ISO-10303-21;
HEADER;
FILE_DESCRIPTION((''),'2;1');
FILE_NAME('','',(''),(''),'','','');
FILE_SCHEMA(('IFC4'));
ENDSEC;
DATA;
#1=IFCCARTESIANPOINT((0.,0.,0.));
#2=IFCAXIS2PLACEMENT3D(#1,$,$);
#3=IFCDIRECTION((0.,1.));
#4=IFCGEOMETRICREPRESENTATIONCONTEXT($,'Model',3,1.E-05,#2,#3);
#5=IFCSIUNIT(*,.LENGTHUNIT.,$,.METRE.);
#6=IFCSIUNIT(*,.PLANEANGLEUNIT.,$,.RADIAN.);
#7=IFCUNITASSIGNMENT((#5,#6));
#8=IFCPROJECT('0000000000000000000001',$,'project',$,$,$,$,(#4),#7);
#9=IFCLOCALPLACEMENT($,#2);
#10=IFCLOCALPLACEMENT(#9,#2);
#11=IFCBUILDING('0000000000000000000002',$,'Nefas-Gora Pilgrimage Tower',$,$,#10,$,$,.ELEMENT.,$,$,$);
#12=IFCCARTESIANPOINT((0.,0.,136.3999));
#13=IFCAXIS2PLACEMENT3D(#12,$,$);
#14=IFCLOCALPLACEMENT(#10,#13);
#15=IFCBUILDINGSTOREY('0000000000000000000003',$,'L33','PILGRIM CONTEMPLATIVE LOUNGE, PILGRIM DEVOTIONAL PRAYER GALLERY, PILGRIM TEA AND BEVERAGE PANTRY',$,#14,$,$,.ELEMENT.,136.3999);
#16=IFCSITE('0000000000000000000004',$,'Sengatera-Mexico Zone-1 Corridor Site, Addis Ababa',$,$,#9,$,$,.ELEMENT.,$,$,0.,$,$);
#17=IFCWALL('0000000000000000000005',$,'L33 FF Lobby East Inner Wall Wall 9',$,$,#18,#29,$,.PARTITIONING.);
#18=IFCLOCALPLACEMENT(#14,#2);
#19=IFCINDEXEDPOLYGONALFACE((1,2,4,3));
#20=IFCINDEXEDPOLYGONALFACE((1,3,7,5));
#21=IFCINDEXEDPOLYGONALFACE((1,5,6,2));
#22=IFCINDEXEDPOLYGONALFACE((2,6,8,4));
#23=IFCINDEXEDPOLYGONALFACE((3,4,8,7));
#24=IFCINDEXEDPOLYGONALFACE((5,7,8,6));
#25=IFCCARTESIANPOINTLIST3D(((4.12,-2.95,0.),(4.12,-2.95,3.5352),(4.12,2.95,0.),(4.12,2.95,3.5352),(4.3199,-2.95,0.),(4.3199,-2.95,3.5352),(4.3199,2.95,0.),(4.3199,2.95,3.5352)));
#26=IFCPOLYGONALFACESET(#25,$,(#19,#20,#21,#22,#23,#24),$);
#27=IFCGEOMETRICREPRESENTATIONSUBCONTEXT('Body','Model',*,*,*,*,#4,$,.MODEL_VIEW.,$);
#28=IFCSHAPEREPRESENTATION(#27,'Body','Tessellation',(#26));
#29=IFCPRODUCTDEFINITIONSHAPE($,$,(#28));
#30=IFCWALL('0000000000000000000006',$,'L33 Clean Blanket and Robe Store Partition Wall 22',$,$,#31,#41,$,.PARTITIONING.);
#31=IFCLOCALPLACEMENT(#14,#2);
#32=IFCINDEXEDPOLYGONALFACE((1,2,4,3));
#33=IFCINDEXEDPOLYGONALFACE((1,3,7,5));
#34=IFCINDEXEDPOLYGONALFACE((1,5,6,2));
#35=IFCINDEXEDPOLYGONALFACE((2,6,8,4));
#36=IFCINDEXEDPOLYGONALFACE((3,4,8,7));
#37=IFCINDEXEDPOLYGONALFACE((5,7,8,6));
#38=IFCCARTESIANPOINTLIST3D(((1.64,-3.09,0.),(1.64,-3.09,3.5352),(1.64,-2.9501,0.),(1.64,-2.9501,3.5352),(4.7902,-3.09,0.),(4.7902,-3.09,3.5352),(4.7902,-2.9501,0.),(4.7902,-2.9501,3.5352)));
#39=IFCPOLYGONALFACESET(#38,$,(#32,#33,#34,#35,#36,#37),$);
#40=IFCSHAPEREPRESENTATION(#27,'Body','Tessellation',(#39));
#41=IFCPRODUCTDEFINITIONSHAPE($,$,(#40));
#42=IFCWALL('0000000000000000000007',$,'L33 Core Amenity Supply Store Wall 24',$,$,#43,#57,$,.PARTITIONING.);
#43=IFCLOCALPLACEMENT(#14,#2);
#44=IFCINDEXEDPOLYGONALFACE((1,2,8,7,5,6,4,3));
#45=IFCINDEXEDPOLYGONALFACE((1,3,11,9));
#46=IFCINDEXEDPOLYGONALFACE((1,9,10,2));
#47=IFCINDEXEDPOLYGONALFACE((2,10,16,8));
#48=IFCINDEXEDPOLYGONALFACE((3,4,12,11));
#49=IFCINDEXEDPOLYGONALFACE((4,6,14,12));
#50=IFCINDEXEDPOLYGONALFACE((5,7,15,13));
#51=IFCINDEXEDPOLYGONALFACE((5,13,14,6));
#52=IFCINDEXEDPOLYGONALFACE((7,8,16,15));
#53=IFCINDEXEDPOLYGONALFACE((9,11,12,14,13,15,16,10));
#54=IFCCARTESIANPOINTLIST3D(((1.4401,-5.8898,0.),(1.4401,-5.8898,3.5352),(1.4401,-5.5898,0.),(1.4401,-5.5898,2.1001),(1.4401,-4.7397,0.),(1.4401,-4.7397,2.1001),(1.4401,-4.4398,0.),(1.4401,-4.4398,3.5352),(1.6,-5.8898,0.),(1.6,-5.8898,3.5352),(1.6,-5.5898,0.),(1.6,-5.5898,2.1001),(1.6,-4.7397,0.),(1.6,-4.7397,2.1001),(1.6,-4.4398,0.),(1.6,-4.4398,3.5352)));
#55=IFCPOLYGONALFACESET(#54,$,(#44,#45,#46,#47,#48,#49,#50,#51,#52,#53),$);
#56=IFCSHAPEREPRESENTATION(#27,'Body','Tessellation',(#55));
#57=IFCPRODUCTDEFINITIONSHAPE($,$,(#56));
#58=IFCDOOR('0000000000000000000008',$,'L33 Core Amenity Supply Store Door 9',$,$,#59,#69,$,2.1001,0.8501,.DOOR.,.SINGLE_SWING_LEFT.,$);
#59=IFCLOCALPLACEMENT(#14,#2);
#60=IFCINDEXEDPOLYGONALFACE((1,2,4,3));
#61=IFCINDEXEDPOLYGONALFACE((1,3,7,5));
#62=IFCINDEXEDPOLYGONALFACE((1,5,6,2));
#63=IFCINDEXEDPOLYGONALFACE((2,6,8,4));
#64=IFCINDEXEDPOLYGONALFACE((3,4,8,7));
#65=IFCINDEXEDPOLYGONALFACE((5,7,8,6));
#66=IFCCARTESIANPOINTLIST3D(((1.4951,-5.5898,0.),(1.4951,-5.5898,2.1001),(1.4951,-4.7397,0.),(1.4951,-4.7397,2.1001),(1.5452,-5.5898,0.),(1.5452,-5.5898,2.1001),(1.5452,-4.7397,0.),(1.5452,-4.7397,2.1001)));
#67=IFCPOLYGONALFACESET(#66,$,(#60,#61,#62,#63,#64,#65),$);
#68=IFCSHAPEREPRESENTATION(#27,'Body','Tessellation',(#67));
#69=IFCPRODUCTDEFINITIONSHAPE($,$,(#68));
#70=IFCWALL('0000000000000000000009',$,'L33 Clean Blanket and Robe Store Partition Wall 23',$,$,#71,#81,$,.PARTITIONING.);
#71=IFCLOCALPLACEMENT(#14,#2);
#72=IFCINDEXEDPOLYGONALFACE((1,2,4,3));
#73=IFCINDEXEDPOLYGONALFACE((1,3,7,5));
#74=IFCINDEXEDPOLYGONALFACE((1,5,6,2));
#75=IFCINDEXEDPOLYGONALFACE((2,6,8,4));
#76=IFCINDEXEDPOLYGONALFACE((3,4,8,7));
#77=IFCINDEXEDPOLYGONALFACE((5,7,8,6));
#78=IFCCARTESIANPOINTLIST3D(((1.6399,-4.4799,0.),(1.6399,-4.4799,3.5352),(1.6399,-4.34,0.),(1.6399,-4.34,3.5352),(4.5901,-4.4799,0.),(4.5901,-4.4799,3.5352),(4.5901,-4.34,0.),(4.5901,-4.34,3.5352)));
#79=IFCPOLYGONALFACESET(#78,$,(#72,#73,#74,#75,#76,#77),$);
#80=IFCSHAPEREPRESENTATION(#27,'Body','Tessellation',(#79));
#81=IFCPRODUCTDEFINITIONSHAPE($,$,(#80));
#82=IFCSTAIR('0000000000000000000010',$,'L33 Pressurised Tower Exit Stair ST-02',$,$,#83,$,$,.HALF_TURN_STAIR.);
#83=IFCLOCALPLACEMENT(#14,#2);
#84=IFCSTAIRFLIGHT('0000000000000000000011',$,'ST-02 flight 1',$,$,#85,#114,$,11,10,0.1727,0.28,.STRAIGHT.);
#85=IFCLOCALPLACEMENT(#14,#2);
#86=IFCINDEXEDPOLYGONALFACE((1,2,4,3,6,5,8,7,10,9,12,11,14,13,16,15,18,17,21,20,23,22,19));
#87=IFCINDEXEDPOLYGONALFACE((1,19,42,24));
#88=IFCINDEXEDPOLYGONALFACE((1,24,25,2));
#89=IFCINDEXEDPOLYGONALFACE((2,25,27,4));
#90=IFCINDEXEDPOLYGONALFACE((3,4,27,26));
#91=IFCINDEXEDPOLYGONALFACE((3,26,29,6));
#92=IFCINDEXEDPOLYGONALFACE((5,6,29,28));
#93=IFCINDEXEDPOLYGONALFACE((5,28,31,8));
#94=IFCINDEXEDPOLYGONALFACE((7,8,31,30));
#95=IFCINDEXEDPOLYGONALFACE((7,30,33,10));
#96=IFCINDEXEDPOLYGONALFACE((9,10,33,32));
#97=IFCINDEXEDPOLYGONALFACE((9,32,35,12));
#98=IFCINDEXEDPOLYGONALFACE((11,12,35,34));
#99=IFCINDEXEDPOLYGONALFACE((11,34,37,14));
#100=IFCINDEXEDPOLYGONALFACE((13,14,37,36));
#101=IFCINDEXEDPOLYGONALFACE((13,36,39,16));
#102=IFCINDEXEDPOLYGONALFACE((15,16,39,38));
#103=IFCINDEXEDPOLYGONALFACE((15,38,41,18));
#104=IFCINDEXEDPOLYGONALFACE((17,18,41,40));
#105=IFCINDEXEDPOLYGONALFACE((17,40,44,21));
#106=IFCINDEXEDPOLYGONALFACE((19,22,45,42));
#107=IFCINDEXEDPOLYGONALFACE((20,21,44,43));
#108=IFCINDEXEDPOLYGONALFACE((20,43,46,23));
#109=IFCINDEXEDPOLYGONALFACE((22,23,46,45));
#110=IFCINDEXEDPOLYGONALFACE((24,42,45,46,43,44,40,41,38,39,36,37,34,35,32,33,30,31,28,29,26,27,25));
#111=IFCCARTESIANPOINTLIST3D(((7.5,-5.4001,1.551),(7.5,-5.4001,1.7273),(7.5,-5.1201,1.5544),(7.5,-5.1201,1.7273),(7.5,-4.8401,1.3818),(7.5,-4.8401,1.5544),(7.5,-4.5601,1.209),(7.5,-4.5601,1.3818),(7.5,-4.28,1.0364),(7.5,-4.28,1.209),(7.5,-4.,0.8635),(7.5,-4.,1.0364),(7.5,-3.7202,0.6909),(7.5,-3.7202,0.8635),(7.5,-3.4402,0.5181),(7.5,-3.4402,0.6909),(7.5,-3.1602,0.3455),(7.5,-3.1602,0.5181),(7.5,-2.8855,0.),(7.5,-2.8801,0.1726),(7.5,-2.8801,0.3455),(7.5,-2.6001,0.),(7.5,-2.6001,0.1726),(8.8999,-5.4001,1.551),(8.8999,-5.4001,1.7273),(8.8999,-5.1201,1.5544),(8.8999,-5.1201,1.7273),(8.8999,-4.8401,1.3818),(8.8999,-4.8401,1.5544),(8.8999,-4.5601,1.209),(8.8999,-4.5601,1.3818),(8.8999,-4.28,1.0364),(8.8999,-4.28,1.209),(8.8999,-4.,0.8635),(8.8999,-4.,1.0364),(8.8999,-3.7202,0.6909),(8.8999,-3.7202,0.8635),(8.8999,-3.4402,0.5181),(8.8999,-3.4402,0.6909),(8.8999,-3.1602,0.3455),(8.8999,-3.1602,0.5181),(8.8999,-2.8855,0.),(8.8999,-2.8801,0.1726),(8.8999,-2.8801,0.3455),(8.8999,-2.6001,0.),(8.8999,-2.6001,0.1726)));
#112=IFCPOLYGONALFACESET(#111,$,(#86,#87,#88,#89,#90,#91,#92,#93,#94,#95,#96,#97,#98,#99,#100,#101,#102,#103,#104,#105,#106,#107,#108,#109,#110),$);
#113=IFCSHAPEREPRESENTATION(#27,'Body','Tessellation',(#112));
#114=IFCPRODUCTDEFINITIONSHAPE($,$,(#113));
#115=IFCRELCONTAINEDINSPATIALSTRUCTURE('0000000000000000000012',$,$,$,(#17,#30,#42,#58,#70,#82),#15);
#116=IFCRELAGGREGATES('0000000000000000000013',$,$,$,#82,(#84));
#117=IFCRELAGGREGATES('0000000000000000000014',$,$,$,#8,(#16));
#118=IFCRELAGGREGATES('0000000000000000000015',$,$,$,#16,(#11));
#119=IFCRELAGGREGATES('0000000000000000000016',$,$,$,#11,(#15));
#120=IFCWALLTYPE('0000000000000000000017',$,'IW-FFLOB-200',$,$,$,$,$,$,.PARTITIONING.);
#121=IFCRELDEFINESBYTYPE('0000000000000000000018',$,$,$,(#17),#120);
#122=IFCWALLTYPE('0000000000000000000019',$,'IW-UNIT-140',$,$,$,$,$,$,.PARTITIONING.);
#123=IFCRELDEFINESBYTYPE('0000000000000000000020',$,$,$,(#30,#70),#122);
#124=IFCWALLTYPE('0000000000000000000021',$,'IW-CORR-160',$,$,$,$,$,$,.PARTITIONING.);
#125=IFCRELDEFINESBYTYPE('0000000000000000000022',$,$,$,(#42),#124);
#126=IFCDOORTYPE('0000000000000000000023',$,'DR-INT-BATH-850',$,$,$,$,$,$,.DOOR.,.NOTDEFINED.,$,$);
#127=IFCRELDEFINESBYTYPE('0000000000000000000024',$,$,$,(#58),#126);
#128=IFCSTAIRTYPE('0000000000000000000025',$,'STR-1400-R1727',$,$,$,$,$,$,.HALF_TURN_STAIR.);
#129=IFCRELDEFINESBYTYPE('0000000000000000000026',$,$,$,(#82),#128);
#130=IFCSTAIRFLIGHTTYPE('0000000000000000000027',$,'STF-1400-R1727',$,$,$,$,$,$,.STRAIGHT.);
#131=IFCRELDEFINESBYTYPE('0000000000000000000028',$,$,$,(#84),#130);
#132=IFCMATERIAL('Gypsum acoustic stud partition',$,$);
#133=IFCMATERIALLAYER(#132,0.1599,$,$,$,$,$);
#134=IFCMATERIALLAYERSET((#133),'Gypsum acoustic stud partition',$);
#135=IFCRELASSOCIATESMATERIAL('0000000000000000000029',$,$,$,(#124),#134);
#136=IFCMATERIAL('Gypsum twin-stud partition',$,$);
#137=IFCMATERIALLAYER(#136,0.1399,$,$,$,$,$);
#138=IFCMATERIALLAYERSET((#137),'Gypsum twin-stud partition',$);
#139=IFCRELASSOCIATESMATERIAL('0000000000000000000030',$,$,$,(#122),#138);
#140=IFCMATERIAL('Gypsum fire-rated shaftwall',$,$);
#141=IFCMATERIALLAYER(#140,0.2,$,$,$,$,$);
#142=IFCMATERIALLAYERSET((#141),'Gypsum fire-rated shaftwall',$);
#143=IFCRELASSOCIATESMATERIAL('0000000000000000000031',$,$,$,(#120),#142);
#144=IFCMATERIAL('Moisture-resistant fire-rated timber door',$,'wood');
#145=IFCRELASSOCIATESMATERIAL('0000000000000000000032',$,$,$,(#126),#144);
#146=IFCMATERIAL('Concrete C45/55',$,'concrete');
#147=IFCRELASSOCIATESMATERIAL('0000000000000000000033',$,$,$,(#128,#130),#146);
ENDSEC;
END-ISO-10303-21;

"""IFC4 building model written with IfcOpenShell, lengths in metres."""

from ifc_helpers import new_model, si_unit, direction, frame, frame_2d, origin, place, context, subcontext, project, spatial, polyline, rectangle, outline, extrude, source, transform, mapped, material, layer, layer_set, type_object, element, fill, aggregate, save


model = new_model("IFC4")

# Units and contexts
model_context = context("Model", 3, precision=1e-05, world=origin(), true_north=direction((0.0, 1.0)))
body_context = subcontext(model_context, "Body", "Model", "MODEL_VIEW")
ifc_project = project(units=[si_unit("LENGTHUNIT", "METRE"), si_unit("PLANEANGLEUNIT", "RADIAN")], contexts=[model_context])

# Site, building, storey
site_placement = place(None, origin())
site = spatial("IfcSite", under=ifc_project, at=site_placement, Name="Sengatera-Mexico Zone-1 Corridor Site, Addis Ababa", CompositionType="ELEMENT", RefElevation=0.0)
building_placement = place(site_placement, origin())
building = spatial("IfcBuilding", under=site, at=building_placement, Name="Nefas-Gora Pilgrimage Tower", CompositionType="ELEMENT")
storey_placement = place(building_placement, frame((0.0, 0.0, 136.3999)))
storey = spatial("IfcBuildingStorey", under=building, at=storey_placement, Name="L33", Description="PILGRIM CONTEMPLATIVE LOUNGE, PILGRIM DEVOTIONAL PRAYER GALLERY, PILGRIM TEA AND BEVERAGE PANTRY", CompositionType="ELEMENT", Elevation=136.3999)

# Shared definitions
ifc_material_1 = material(Name="Concrete C45/55", Category="concrete")
ifc_material_2 = material(Name="Gypsum acoustic stud partition")
ifc_layer_1 = layer(ifc_material_2, 0.1599)
ifc_layer_set_1 = layer_set([ifc_layer_1], Name="Gypsum acoustic stud partition")
wall_type_1 = type_object("IfcWallType", Name="IW-CORR-160", PredefinedType="PARTITIONING", material=ifc_layer_set_1)

# Walls
ifc_material_3 = material(Name="Gypsum twin-stud partition")
ifc_layer_2 = layer(ifc_material_3, 0.1399)
ifc_layer_set_2 = layer_set([ifc_layer_2], Name="Gypsum twin-stud partition")
wall_type_2 = type_object("IfcWallType", Name="IW-UNIT-140", PredefinedType="PARTITIONING", material=ifc_layer_set_2)
ifc_material_4 = material(Name="Gypsum fire-rated shaftwall")
ifc_layer_3 = layer(ifc_material_4, 0.2)
ifc_layer_set_3 = layer_set([ifc_layer_3], Name="Gypsum fire-rated shaftwall")
wall_type_3 = type_object("IfcWallType", Name="IW-FFLOB-200", PredefinedType="PARTITIONING", material=ifc_layer_set_3)
shared_shape_1 = source(origin(), body_context, "Body", "SweptSolid", [
    extrude(rectangle(XDim=5.8999, YDim=0.2, at=frame_2d((2.95, 0.0))), origin(), (0.0, 0.0, 1.0), 3.5352),
])
wall_1_placement = place(storey_placement, frame((4.22, -2.95, 0.0), z_axis=(0.0, 0.0, 1.0), x_axis=(0.0, 1.0, 0.0)))
element("IfcWall", 1, at=wall_1_placement, inside=storey, type_object=wall_type_3, Name="L33 FF Lobby East Inner Wall Wall 9", PredefinedType="PARTITIONING", context=body_context, shape_type="MappedRepresentation", body=[
    mapped(shared_shape_1, transform((0.0, 0.0, 0.0), x_axis=(1.0, 0.0, 0.0), y_axis=(0.0, 1.0, 0.0), z_axis=(0.0, 0.0, 1.0), scale=1.0)),
])
shared_shape_2 = source(origin(), body_context, "Body", "SweptSolid", [
    extrude(rectangle(XDim=3.1501, YDim=0.1399, at=frame_2d((1.5752, 0.0))), origin(), (0.0, 0.0, 1.0), 3.5352),
])
wall_2_placement = place(storey_placement, frame((1.6399, -3.02, 0.0), z_axis=(0.0, 0.0, 1.0), x_axis=(1.0, 0.0, 0.0)))
element("IfcWall", 2, at=wall_2_placement, inside=storey, type_object=wall_type_2, Name="L33 Clean Blanket and Robe Store Partition Wall 22", PredefinedType="PARTITIONING", context=body_context, shape_type="MappedRepresentation", body=[
    mapped(shared_shape_2, transform((0.0, 0.0, 0.0), x_axis=(1.0, 0.0, 0.0), y_axis=(0.0, 1.0, 0.0), z_axis=(0.0, 0.0, 1.0), scale=1.0)),
])

# Wall, opening, door
shared_shape_3 = source(origin(), body_context, "Body", "SweptSolid", [
    extrude(rectangle(XDim=1.45, YDim=0.1599, at=frame_2d((0.7251, 0.0))), origin(), (0.0, 0.0, 1.0), 3.5352),
])
wall_3_placement = place(storey_placement, frame((1.52, -5.8899, 0.0), z_axis=(0.0, 0.0, 1.0), x_axis=(0.0, 1.0, 0.0)))
wall_3 = element("IfcWall", 3, at=wall_3_placement, inside=storey, type_object=wall_type_1, Name="L33 Core Amenity Supply Store Wall 24", PredefinedType="PARTITIONING", context=body_context, shape_type="MappedRepresentation", body=[
    mapped(shared_shape_3, transform((0.0, 0.0, 0.0), x_axis=(1.0, 0.0, 0.0), y_axis=(0.0, 1.0, 0.0), z_axis=(0.0, 0.0, 1.0), scale=1.0)),
])
opening_1_placement = place(wall_3_placement, frame((0.3, 0.0, 0.0)))
opening_1 = element("IfcOpeningElement", 4, at=opening_1_placement, cuts=wall_3, PredefinedType="OPENING", context=body_context, shape_type="SweptSolid", body=[
    extrude(rectangle(XDim=0.8501, YDim=2.1001, at=frame_2d((0.425, 1.05))), frame((0.0, 0.0898, 0.0), z_axis=(0.0, -1.0, 0.0), x_axis=(1.0, 0.0, 0.0)), (0.0, 0.0, 1.0), 0.1799),
])
ifc_material_5 = material(Name="Moisture-resistant fire-rated timber door", Category="wood")
door_type_1 = type_object("IfcDoorType", Name="DR-INT-BATH-850", OperationType="NOTDEFINED", PredefinedType="DOOR", material=ifc_material_5)
shared_shape_4 = source(origin(), body_context, "Body", "SweptSolid", [
    extrude(rectangle(XDim=0.8501, YDim=2.1001, at=frame_2d((0.425, 1.05))), frame((0.0, 0.0249, 0.0), z_axis=(0.0, -1.0, 0.0), x_axis=(1.0, 0.0, 0.0)), (0.0, 0.0, 1.0), 0.05),
])
door_1_placement = place(opening_1_placement, origin())
door_1 = element("IfcDoor", 5, at=door_1_placement, inside=storey, type_object=door_type_1, Name="L33 Core Amenity Supply Store Door 9", OperationType="SINGLE_SWING_LEFT", OverallHeight=2.1001, OverallWidth=0.8501, PredefinedType="DOOR", context=body_context, shape_type="MappedRepresentation", body=[
    mapped(shared_shape_4, transform((0.0, 0.0, 0.0), x_axis=(1.0, 0.0, 0.0), y_axis=(0.0, 1.0, 0.0), z_axis=(0.0, 0.0, 1.0), scale=1.0)),
])
fill(opening_1, door_1)

# Wall
shared_shape_5 = source(origin(), body_context, "Body", "SweptSolid", [
    extrude(rectangle(XDim=2.9502, YDim=0.1399, at=frame_2d((1.4751, 0.0))), origin(), (0.0, 0.0, 1.0), 3.5352),
])
wall_4_placement = place(storey_placement, frame((1.6399, -4.4099, 0.0), z_axis=(0.0, 0.0, 1.0), x_axis=(1.0, 0.0, 0.0)))
element("IfcWall", 6, at=wall_4_placement, inside=storey, type_object=wall_type_2, Name="L33 Clean Blanket and Robe Store Partition Wall 23", PredefinedType="PARTITIONING", context=body_context, shape_type="MappedRepresentation", body=[
    mapped(shared_shape_5, transform((0.0, 0.0, 0.0), x_axis=(1.0, 0.0, 0.0), y_axis=(0.0, 1.0, 0.0), z_axis=(0.0, 0.0, 1.0), scale=1.0)),
])

# Stair, stair flight
stair_type = type_object("IfcStairType", Name="STR-1400-R1727", PredefinedType="HALF_TURN_STAIR", material=ifc_material_1)
stair_placement = place(storey_placement, origin())
stair = element("IfcStair", 7, at=stair_placement, inside=storey, type_object=stair_type, Name="L33 Pressurised Tower Exit Stair ST-02", PredefinedType="HALF_TURN_STAIR")
stair_flight_type = type_object("IfcStairFlightType", Name="STF-1400-R1727", PredefinedType="STRAIGHT", material=ifc_material_1)
shared_shape_6 = source(origin(), body_context, "Body", "SweptSolid", [
    extrude(outline(polyline([(0.0, 0.0), (0.0, 0.1726), (0.28, 0.1726), (0.28, 0.3455), (0.5601, 0.3455), (0.5601, 0.5181), (0.8401, 0.5181), (0.8401, 0.6909), (1.1201, 0.6909), (1.1201, 0.8635), (1.3999, 0.8635), (1.3999, 1.0364), (1.6799, 1.0364), (1.6799, 1.209), (1.96, 1.209), (1.96, 1.3818), (2.24, 1.3818), (2.24, 1.5544), (2.52, 1.5544), (2.52, 1.7273), (2.8, 1.7273), (2.8, 1.8999), (2.8, 1.551), (0.2854, 0.0), (0.0, 0.0)])), frame((0.0, 0.7, 0.0), z_axis=(0.0, -1.0, 0.0), x_axis=(1.0, 0.0, 0.0)), (0.0, 0.0, 1.0), 1.3999),
])
stair_flight_placement = place(storey_placement, frame((8.2, -2.6001, 0.0), z_axis=(0.0, 0.0, 1.0), x_axis=(0.0, -1.0, 0.0)))
stair_flight = element("IfcStairFlight", 8, at=stair_flight_placement, type_object=stair_flight_type, Name="ST-02 flight 1", NumberOfRisers=11, NumberOfTreads=10, PredefinedType="STRAIGHT", RiserHeight=0.1727, TreadLength=0.28, context=body_context, shape_type="MappedRepresentation", body=[
    mapped(shared_shape_6, transform((0.0, 0.0, 0.0), x_axis=(1.0, 0.0, 0.0), y_axis=(0.0, 1.0, 0.0), z_axis=(0.0, 0.0, 1.0), scale=1.0)),
])
aggregate(stair, [stair_flight])

save(model, "model.ifc")
